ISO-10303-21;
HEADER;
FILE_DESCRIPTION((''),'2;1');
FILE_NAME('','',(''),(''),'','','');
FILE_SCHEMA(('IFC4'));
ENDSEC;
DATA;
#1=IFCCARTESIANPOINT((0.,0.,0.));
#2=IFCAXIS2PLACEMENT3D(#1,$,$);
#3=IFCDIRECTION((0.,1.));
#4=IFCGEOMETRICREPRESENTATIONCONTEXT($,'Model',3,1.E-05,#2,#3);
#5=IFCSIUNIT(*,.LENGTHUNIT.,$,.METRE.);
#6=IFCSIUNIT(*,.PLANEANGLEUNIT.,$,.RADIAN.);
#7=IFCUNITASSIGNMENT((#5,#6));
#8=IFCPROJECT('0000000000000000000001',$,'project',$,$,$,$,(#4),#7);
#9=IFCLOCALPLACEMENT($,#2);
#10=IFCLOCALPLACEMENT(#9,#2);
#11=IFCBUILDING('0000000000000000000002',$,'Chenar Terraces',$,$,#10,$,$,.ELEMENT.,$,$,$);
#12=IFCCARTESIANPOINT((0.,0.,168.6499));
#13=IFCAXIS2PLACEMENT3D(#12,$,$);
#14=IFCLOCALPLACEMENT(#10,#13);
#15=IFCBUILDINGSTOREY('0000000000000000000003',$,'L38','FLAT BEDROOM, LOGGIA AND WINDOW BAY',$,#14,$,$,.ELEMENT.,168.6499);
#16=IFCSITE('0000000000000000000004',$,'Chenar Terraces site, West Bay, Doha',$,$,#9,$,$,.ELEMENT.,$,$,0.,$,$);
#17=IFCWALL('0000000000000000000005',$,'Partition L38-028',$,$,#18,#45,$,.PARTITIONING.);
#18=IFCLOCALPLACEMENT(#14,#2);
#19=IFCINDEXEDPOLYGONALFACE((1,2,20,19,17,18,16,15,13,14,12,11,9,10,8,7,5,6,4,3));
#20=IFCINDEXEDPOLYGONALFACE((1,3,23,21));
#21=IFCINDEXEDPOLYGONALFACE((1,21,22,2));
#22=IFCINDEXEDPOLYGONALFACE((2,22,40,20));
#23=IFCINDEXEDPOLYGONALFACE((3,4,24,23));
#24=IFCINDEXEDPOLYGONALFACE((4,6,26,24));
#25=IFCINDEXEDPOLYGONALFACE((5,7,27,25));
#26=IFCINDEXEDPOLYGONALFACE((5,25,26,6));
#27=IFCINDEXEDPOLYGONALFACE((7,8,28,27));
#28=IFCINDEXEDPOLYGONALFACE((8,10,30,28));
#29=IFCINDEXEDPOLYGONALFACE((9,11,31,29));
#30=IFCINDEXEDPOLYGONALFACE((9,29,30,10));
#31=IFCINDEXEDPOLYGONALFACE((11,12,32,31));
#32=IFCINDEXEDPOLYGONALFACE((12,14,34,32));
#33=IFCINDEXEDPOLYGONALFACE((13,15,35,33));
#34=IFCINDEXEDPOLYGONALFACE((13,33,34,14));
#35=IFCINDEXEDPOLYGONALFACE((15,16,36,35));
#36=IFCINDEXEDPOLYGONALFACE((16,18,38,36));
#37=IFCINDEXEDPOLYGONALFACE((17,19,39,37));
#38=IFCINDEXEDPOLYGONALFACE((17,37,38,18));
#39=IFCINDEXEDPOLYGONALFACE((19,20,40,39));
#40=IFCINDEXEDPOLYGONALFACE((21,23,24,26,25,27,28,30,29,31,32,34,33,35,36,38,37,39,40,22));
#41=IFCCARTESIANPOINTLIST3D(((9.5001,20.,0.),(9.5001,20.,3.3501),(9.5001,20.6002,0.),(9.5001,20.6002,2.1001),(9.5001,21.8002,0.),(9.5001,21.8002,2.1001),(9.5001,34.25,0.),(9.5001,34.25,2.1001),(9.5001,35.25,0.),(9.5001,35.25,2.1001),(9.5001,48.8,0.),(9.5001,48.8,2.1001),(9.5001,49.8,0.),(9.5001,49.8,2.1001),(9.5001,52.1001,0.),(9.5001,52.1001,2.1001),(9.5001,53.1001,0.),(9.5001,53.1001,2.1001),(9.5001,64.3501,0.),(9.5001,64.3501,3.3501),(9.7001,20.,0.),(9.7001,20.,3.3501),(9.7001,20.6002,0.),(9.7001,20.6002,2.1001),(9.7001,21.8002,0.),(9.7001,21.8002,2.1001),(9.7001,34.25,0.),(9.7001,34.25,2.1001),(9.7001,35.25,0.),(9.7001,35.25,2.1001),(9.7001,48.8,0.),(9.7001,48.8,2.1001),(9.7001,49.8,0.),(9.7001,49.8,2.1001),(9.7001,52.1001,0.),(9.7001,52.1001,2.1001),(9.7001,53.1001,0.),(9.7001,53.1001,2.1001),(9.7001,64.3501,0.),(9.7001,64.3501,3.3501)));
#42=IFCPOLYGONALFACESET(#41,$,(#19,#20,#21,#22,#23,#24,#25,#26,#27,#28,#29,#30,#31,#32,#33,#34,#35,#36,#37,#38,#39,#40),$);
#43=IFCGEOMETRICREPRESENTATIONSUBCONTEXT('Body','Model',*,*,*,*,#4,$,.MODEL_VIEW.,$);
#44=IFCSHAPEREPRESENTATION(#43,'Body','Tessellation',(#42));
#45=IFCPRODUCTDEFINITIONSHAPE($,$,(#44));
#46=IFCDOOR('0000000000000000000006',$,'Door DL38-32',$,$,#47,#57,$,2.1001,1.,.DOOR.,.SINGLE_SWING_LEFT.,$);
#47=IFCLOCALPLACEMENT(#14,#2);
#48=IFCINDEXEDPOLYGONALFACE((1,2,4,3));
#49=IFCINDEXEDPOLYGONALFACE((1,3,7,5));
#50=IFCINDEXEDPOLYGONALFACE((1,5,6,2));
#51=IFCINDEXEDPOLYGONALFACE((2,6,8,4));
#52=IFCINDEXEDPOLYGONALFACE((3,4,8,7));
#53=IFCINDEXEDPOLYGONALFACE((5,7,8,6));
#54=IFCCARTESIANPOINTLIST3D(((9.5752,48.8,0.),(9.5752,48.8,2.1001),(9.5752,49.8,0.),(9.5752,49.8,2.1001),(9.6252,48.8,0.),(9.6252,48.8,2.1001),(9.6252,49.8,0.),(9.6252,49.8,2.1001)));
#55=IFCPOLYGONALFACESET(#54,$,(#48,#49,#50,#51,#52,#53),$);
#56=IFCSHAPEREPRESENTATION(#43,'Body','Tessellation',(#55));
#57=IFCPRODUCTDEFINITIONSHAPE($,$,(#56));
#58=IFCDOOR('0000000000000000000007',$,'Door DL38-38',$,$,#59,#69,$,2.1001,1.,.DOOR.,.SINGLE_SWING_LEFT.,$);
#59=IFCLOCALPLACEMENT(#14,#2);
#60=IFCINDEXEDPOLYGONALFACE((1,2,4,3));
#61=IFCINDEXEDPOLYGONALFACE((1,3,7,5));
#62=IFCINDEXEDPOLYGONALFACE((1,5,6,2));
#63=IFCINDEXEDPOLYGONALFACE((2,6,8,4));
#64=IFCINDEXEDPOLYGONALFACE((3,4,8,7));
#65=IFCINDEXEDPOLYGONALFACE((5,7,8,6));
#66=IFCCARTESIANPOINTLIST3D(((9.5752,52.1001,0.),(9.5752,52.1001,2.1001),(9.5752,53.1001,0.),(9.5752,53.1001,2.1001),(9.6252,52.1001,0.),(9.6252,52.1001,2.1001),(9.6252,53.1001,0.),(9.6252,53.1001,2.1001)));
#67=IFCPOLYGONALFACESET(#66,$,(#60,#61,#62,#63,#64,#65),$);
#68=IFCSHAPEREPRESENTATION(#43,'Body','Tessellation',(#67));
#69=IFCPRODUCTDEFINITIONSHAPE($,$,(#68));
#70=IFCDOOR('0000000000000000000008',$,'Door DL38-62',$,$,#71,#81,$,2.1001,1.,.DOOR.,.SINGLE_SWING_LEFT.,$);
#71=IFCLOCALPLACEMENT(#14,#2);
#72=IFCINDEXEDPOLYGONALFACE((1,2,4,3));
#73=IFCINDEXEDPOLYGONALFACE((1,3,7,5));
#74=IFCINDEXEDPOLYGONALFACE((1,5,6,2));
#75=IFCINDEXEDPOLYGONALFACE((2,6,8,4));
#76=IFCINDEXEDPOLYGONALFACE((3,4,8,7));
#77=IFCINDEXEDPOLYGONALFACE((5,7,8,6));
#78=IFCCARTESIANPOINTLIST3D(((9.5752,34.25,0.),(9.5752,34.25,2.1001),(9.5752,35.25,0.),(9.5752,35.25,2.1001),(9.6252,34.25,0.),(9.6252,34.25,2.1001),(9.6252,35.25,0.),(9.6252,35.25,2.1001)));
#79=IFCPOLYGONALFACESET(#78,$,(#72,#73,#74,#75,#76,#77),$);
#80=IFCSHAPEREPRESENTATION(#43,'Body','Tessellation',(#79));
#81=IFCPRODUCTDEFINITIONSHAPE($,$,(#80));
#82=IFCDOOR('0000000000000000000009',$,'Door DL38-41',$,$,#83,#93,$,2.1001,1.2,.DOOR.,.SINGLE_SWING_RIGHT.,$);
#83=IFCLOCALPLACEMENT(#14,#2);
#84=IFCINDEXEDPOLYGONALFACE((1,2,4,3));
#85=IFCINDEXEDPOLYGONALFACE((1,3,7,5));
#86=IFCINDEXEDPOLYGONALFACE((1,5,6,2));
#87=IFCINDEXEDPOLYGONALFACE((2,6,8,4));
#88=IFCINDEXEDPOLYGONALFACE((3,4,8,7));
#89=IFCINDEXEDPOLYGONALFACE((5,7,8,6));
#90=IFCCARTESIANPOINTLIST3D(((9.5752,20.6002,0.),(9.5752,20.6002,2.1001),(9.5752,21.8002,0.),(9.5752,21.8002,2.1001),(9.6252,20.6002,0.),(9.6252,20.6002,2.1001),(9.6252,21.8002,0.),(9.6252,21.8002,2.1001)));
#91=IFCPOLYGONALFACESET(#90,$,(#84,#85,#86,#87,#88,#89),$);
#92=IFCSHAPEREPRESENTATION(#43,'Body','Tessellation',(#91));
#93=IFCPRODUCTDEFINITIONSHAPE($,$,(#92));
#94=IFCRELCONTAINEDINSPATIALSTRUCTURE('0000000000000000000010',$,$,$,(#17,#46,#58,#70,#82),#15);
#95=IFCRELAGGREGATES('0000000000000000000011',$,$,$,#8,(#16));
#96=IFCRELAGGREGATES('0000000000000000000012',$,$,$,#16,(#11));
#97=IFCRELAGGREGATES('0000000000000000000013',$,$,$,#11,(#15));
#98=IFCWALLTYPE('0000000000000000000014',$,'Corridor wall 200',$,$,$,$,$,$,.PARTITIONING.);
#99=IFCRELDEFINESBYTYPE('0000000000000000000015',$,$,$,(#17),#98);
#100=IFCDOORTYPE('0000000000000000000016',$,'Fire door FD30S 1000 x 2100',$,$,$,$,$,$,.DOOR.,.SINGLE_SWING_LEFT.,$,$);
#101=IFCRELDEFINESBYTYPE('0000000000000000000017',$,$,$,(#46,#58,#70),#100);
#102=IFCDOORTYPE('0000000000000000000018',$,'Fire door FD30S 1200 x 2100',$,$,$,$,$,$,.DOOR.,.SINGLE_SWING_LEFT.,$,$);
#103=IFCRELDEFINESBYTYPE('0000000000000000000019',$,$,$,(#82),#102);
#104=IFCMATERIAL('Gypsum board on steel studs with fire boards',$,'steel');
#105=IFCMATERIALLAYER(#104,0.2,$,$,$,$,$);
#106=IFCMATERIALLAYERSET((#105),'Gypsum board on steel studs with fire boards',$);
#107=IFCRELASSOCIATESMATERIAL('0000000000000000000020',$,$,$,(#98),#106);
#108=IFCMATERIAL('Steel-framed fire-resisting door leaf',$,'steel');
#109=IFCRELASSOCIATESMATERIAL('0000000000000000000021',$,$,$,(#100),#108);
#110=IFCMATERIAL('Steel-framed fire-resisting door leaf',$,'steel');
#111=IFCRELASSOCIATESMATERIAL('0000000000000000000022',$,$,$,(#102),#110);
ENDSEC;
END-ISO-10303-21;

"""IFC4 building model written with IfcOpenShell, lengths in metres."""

from ifc_helpers import new_model, si_unit, direction, frame, frame_2d, origin, place, context, subcontext, project, spatial, rectangle, extrude, material, layer, layer_set, type_object, element, fill, save


model = new_model("IFC4")

# Units and contexts
model_context = context("Model", 3, precision=1e-05, world=origin(), true_north=direction((0.0, 1.0)))
body_context = subcontext(model_context, "Body", "Model", "MODEL_VIEW")
ifc_project = project(units=[si_unit("LENGTHUNIT", "METRE"), si_unit("PLANEANGLEUNIT", "RADIAN")], contexts=[model_context])

# Site, building, storey
site_placement = place(None, origin())
site = spatial("IfcSite", under=ifc_project, at=site_placement, Name="Chenar Terraces site, West Bay, Doha", CompositionType="ELEMENT", RefElevation=0.0)
building_placement = place(site_placement, origin())
building = spatial("IfcBuilding", under=site, at=building_placement, Name="Chenar Terraces", CompositionType="ELEMENT")
storey_placement = place(building_placement, frame((0.0, 0.0, 168.6499)))
storey = spatial("IfcBuildingStorey", under=building, at=storey_placement, Name="L38", Description="FLAT BEDROOM, LOGGIA AND WINDOW BAY", CompositionType="ELEMENT", Elevation=168.6499)

# Wall, openings, doors
ifc_material_1 = material(Name="Gypsum board on steel studs with fire boards", Category="steel")
ifc_layer_1 = layer(ifc_material_1, 0.2)
ifc_layer_set_1 = layer_set([ifc_layer_1], Name="Gypsum board on steel studs with fire boards")
wall_type_1 = type_object("IfcWallType", Name="Corridor wall 200", PredefinedType="PARTITIONING", material=ifc_layer_set_1)
wall_1_placement = place(storey_placement, frame((9.6001, 20.0, 0.0), z_axis=(0.0, 0.0, 1.0), x_axis=(0.0, 1.0, 0.0)))
wall_1 = element("IfcWall", 1, at=wall_1_placement, inside=storey, type_object=wall_type_1, Name="Partition L38-028", PredefinedType="PARTITIONING", context=body_context, shape_type="SweptSolid", body=[
    extrude(rectangle(XDim=44.3501, YDim=0.2, at=frame_2d((22.175, 0.0))), origin(), (0.0, 0.0, 1.0), 3.3501),
])
opening_1_placement = place(wall_1_placement, frame((28.8, 0.0, 0.0)))
opening_1 = element("IfcOpeningElement", 2, at=opening_1_placement, cuts=wall_1, PredefinedType="OPENING", context=body_context, shape_type="SweptSolid", body=[
    extrude(rectangle(XDim=1.0, YDim=2.1001, at=frame_2d((0.5, 1.05))), frame((0.0, 0.1099, 0.0), z_axis=(0.0, -1.0, 0.0), x_axis=(1.0, 0.0, 0.0)), (0.0, 0.0, 1.0), 0.22),
])
opening_2_placement = place(wall_1_placement, frame((32.1001, 0.0, 0.0)))
opening_2 = element("IfcOpeningElement", 3, at=opening_2_placement, cuts=wall_1, PredefinedType="OPENING", context=body_context, shape_type="SweptSolid", body=[
    extrude(rectangle(XDim=1.0, YDim=2.1001, at=frame_2d((0.5, 1.05))), frame((0.0, 0.1099, 0.0), z_axis=(0.0, -1.0, 0.0), x_axis=(1.0, 0.0, 0.0)), (0.0, 0.0, 1.0), 0.22),
])
opening_3_placement = place(wall_1_placement, frame((0.6001, 0.0, 0.0)))
opening_3 = element("IfcOpeningElement", 4, at=opening_3_placement, cuts=wall_1, PredefinedType="OPENING", context=body_context, shape_type="SweptSolid", body=[
    extrude(rectangle(XDim=1.2, YDim=2.1001, at=frame_2d((0.6001, 1.05))), frame((0.0, 0.1099, 0.0), z_axis=(0.0, -1.0, 0.0), x_axis=(1.0, 0.0, 0.0)), (0.0, 0.0, 1.0), 0.22),
])
opening_4_placement = place(wall_1_placement, frame((14.25, 0.0, 0.0)))
opening_4 = element("IfcOpeningElement", 5, at=opening_4_placement, cuts=wall_1, PredefinedType="OPENING", context=body_context, shape_type="SweptSolid", body=[
    extrude(rectangle(XDim=1.0, YDim=2.1001, at=frame_2d((0.5, 1.05))), frame((0.0, 0.1099, 0.0), z_axis=(0.0, -1.0, 0.0), x_axis=(1.0, 0.0, 0.0)), (0.0, 0.0, 1.0), 0.22),
])
ifc_material_2 = material(Name="Steel-framed fire-resisting door leaf", Category="steel")
door_type_1 = type_object("IfcDoorType", Name="Fire door FD30S 1000 x 2100", OperationType="SINGLE_SWING_LEFT", PredefinedType="DOOR", material=ifc_material_2)
door_1_placement = place(opening_1_placement, origin())
door_1 = element("IfcDoor", 6, at=door_1_placement, inside=storey, type_object=door_type_1, Name="Door DL38-32", OperationType="SINGLE_SWING_LEFT", OverallHeight=2.1001, OverallWidth=1.0, PredefinedType="DOOR", context=body_context, shape_type="SweptSolid", body=[
    extrude(rectangle(XDim=1.0, YDim=2.1001, at=frame_2d((0.5, 1.05))), frame((0.0, 0.0249, 0.0), z_axis=(0.0, -1.0, 0.0), x_axis=(1.0, 0.0, 0.0)), (0.0, 0.0, 1.0), 0.05),
])
fill(opening_1, door_1)
door_2_placement = place(opening_2_placement, origin())
door_2 = element("IfcDoor", 7, at=door_2_placement, inside=storey, type_object=door_type_1, Name="Door DL38-38", OperationType="SINGLE_SWING_LEFT", OverallHeight=2.1001, OverallWidth=1.0, PredefinedType="DOOR", context=body_context, shape_type="SweptSolid", body=[
    extrude(rectangle(XDim=1.0, YDim=2.1001, at=frame_2d((0.5, 1.05))), frame((0.0, 0.0249, 0.0), z_axis=(0.0, -1.0, 0.0), x_axis=(1.0, 0.0, 0.0)), (0.0, 0.0, 1.0), 0.05),
])
fill(opening_2, door_2)
door_3_placement = place(opening_4_placement, origin())
door_3 = element("IfcDoor", 8, at=door_3_placement, inside=storey, type_object=door_type_1, Name="Door DL38-62", OperationType="SINGLE_SWING_LEFT", OverallHeight=2.1001, OverallWidth=1.0, PredefinedType="DOOR", context=body_context, shape_type="SweptSolid", body=[
    extrude(rectangle(XDim=1.0, YDim=2.1001, at=frame_2d((0.5, 1.05))), frame((0.0, 0.0249, 0.0), z_axis=(0.0, -1.0, 0.0), x_axis=(1.0, 0.0, 0.0)), (0.0, 0.0, 1.0), 0.05),
])
fill(opening_4, door_3)
ifc_material_3 = material(Name="Steel-framed fire-resisting door leaf", Category="steel")
door_type_2 = type_object("IfcDoorType", Name="Fire door FD30S 1200 x 2100", OperationType="SINGLE_SWING_LEFT", PredefinedType="DOOR", material=ifc_material_3)
door_4_placement = place(opening_3_placement, origin())
door_4 = element("IfcDoor", 9, at=door_4_placement, inside=storey, type_object=door_type_2, Name="Door DL38-41", OperationType="SINGLE_SWING_RIGHT", OverallHeight=2.1001, OverallWidth=1.2, PredefinedType="DOOR", context=body_context, shape_type="SweptSolid", body=[
    extrude(rectangle(XDim=1.2, YDim=2.1001, at=frame_2d((0.6001, 1.05))), frame((0.0, 0.0249, 0.0), z_axis=(0.0, -1.0, 0.0), x_axis=(1.0, 0.0, 0.0)), (0.0, 0.0, 1.0), 0.05),
])
fill(opening_3, door_4)

save(model, "model.ifc")
